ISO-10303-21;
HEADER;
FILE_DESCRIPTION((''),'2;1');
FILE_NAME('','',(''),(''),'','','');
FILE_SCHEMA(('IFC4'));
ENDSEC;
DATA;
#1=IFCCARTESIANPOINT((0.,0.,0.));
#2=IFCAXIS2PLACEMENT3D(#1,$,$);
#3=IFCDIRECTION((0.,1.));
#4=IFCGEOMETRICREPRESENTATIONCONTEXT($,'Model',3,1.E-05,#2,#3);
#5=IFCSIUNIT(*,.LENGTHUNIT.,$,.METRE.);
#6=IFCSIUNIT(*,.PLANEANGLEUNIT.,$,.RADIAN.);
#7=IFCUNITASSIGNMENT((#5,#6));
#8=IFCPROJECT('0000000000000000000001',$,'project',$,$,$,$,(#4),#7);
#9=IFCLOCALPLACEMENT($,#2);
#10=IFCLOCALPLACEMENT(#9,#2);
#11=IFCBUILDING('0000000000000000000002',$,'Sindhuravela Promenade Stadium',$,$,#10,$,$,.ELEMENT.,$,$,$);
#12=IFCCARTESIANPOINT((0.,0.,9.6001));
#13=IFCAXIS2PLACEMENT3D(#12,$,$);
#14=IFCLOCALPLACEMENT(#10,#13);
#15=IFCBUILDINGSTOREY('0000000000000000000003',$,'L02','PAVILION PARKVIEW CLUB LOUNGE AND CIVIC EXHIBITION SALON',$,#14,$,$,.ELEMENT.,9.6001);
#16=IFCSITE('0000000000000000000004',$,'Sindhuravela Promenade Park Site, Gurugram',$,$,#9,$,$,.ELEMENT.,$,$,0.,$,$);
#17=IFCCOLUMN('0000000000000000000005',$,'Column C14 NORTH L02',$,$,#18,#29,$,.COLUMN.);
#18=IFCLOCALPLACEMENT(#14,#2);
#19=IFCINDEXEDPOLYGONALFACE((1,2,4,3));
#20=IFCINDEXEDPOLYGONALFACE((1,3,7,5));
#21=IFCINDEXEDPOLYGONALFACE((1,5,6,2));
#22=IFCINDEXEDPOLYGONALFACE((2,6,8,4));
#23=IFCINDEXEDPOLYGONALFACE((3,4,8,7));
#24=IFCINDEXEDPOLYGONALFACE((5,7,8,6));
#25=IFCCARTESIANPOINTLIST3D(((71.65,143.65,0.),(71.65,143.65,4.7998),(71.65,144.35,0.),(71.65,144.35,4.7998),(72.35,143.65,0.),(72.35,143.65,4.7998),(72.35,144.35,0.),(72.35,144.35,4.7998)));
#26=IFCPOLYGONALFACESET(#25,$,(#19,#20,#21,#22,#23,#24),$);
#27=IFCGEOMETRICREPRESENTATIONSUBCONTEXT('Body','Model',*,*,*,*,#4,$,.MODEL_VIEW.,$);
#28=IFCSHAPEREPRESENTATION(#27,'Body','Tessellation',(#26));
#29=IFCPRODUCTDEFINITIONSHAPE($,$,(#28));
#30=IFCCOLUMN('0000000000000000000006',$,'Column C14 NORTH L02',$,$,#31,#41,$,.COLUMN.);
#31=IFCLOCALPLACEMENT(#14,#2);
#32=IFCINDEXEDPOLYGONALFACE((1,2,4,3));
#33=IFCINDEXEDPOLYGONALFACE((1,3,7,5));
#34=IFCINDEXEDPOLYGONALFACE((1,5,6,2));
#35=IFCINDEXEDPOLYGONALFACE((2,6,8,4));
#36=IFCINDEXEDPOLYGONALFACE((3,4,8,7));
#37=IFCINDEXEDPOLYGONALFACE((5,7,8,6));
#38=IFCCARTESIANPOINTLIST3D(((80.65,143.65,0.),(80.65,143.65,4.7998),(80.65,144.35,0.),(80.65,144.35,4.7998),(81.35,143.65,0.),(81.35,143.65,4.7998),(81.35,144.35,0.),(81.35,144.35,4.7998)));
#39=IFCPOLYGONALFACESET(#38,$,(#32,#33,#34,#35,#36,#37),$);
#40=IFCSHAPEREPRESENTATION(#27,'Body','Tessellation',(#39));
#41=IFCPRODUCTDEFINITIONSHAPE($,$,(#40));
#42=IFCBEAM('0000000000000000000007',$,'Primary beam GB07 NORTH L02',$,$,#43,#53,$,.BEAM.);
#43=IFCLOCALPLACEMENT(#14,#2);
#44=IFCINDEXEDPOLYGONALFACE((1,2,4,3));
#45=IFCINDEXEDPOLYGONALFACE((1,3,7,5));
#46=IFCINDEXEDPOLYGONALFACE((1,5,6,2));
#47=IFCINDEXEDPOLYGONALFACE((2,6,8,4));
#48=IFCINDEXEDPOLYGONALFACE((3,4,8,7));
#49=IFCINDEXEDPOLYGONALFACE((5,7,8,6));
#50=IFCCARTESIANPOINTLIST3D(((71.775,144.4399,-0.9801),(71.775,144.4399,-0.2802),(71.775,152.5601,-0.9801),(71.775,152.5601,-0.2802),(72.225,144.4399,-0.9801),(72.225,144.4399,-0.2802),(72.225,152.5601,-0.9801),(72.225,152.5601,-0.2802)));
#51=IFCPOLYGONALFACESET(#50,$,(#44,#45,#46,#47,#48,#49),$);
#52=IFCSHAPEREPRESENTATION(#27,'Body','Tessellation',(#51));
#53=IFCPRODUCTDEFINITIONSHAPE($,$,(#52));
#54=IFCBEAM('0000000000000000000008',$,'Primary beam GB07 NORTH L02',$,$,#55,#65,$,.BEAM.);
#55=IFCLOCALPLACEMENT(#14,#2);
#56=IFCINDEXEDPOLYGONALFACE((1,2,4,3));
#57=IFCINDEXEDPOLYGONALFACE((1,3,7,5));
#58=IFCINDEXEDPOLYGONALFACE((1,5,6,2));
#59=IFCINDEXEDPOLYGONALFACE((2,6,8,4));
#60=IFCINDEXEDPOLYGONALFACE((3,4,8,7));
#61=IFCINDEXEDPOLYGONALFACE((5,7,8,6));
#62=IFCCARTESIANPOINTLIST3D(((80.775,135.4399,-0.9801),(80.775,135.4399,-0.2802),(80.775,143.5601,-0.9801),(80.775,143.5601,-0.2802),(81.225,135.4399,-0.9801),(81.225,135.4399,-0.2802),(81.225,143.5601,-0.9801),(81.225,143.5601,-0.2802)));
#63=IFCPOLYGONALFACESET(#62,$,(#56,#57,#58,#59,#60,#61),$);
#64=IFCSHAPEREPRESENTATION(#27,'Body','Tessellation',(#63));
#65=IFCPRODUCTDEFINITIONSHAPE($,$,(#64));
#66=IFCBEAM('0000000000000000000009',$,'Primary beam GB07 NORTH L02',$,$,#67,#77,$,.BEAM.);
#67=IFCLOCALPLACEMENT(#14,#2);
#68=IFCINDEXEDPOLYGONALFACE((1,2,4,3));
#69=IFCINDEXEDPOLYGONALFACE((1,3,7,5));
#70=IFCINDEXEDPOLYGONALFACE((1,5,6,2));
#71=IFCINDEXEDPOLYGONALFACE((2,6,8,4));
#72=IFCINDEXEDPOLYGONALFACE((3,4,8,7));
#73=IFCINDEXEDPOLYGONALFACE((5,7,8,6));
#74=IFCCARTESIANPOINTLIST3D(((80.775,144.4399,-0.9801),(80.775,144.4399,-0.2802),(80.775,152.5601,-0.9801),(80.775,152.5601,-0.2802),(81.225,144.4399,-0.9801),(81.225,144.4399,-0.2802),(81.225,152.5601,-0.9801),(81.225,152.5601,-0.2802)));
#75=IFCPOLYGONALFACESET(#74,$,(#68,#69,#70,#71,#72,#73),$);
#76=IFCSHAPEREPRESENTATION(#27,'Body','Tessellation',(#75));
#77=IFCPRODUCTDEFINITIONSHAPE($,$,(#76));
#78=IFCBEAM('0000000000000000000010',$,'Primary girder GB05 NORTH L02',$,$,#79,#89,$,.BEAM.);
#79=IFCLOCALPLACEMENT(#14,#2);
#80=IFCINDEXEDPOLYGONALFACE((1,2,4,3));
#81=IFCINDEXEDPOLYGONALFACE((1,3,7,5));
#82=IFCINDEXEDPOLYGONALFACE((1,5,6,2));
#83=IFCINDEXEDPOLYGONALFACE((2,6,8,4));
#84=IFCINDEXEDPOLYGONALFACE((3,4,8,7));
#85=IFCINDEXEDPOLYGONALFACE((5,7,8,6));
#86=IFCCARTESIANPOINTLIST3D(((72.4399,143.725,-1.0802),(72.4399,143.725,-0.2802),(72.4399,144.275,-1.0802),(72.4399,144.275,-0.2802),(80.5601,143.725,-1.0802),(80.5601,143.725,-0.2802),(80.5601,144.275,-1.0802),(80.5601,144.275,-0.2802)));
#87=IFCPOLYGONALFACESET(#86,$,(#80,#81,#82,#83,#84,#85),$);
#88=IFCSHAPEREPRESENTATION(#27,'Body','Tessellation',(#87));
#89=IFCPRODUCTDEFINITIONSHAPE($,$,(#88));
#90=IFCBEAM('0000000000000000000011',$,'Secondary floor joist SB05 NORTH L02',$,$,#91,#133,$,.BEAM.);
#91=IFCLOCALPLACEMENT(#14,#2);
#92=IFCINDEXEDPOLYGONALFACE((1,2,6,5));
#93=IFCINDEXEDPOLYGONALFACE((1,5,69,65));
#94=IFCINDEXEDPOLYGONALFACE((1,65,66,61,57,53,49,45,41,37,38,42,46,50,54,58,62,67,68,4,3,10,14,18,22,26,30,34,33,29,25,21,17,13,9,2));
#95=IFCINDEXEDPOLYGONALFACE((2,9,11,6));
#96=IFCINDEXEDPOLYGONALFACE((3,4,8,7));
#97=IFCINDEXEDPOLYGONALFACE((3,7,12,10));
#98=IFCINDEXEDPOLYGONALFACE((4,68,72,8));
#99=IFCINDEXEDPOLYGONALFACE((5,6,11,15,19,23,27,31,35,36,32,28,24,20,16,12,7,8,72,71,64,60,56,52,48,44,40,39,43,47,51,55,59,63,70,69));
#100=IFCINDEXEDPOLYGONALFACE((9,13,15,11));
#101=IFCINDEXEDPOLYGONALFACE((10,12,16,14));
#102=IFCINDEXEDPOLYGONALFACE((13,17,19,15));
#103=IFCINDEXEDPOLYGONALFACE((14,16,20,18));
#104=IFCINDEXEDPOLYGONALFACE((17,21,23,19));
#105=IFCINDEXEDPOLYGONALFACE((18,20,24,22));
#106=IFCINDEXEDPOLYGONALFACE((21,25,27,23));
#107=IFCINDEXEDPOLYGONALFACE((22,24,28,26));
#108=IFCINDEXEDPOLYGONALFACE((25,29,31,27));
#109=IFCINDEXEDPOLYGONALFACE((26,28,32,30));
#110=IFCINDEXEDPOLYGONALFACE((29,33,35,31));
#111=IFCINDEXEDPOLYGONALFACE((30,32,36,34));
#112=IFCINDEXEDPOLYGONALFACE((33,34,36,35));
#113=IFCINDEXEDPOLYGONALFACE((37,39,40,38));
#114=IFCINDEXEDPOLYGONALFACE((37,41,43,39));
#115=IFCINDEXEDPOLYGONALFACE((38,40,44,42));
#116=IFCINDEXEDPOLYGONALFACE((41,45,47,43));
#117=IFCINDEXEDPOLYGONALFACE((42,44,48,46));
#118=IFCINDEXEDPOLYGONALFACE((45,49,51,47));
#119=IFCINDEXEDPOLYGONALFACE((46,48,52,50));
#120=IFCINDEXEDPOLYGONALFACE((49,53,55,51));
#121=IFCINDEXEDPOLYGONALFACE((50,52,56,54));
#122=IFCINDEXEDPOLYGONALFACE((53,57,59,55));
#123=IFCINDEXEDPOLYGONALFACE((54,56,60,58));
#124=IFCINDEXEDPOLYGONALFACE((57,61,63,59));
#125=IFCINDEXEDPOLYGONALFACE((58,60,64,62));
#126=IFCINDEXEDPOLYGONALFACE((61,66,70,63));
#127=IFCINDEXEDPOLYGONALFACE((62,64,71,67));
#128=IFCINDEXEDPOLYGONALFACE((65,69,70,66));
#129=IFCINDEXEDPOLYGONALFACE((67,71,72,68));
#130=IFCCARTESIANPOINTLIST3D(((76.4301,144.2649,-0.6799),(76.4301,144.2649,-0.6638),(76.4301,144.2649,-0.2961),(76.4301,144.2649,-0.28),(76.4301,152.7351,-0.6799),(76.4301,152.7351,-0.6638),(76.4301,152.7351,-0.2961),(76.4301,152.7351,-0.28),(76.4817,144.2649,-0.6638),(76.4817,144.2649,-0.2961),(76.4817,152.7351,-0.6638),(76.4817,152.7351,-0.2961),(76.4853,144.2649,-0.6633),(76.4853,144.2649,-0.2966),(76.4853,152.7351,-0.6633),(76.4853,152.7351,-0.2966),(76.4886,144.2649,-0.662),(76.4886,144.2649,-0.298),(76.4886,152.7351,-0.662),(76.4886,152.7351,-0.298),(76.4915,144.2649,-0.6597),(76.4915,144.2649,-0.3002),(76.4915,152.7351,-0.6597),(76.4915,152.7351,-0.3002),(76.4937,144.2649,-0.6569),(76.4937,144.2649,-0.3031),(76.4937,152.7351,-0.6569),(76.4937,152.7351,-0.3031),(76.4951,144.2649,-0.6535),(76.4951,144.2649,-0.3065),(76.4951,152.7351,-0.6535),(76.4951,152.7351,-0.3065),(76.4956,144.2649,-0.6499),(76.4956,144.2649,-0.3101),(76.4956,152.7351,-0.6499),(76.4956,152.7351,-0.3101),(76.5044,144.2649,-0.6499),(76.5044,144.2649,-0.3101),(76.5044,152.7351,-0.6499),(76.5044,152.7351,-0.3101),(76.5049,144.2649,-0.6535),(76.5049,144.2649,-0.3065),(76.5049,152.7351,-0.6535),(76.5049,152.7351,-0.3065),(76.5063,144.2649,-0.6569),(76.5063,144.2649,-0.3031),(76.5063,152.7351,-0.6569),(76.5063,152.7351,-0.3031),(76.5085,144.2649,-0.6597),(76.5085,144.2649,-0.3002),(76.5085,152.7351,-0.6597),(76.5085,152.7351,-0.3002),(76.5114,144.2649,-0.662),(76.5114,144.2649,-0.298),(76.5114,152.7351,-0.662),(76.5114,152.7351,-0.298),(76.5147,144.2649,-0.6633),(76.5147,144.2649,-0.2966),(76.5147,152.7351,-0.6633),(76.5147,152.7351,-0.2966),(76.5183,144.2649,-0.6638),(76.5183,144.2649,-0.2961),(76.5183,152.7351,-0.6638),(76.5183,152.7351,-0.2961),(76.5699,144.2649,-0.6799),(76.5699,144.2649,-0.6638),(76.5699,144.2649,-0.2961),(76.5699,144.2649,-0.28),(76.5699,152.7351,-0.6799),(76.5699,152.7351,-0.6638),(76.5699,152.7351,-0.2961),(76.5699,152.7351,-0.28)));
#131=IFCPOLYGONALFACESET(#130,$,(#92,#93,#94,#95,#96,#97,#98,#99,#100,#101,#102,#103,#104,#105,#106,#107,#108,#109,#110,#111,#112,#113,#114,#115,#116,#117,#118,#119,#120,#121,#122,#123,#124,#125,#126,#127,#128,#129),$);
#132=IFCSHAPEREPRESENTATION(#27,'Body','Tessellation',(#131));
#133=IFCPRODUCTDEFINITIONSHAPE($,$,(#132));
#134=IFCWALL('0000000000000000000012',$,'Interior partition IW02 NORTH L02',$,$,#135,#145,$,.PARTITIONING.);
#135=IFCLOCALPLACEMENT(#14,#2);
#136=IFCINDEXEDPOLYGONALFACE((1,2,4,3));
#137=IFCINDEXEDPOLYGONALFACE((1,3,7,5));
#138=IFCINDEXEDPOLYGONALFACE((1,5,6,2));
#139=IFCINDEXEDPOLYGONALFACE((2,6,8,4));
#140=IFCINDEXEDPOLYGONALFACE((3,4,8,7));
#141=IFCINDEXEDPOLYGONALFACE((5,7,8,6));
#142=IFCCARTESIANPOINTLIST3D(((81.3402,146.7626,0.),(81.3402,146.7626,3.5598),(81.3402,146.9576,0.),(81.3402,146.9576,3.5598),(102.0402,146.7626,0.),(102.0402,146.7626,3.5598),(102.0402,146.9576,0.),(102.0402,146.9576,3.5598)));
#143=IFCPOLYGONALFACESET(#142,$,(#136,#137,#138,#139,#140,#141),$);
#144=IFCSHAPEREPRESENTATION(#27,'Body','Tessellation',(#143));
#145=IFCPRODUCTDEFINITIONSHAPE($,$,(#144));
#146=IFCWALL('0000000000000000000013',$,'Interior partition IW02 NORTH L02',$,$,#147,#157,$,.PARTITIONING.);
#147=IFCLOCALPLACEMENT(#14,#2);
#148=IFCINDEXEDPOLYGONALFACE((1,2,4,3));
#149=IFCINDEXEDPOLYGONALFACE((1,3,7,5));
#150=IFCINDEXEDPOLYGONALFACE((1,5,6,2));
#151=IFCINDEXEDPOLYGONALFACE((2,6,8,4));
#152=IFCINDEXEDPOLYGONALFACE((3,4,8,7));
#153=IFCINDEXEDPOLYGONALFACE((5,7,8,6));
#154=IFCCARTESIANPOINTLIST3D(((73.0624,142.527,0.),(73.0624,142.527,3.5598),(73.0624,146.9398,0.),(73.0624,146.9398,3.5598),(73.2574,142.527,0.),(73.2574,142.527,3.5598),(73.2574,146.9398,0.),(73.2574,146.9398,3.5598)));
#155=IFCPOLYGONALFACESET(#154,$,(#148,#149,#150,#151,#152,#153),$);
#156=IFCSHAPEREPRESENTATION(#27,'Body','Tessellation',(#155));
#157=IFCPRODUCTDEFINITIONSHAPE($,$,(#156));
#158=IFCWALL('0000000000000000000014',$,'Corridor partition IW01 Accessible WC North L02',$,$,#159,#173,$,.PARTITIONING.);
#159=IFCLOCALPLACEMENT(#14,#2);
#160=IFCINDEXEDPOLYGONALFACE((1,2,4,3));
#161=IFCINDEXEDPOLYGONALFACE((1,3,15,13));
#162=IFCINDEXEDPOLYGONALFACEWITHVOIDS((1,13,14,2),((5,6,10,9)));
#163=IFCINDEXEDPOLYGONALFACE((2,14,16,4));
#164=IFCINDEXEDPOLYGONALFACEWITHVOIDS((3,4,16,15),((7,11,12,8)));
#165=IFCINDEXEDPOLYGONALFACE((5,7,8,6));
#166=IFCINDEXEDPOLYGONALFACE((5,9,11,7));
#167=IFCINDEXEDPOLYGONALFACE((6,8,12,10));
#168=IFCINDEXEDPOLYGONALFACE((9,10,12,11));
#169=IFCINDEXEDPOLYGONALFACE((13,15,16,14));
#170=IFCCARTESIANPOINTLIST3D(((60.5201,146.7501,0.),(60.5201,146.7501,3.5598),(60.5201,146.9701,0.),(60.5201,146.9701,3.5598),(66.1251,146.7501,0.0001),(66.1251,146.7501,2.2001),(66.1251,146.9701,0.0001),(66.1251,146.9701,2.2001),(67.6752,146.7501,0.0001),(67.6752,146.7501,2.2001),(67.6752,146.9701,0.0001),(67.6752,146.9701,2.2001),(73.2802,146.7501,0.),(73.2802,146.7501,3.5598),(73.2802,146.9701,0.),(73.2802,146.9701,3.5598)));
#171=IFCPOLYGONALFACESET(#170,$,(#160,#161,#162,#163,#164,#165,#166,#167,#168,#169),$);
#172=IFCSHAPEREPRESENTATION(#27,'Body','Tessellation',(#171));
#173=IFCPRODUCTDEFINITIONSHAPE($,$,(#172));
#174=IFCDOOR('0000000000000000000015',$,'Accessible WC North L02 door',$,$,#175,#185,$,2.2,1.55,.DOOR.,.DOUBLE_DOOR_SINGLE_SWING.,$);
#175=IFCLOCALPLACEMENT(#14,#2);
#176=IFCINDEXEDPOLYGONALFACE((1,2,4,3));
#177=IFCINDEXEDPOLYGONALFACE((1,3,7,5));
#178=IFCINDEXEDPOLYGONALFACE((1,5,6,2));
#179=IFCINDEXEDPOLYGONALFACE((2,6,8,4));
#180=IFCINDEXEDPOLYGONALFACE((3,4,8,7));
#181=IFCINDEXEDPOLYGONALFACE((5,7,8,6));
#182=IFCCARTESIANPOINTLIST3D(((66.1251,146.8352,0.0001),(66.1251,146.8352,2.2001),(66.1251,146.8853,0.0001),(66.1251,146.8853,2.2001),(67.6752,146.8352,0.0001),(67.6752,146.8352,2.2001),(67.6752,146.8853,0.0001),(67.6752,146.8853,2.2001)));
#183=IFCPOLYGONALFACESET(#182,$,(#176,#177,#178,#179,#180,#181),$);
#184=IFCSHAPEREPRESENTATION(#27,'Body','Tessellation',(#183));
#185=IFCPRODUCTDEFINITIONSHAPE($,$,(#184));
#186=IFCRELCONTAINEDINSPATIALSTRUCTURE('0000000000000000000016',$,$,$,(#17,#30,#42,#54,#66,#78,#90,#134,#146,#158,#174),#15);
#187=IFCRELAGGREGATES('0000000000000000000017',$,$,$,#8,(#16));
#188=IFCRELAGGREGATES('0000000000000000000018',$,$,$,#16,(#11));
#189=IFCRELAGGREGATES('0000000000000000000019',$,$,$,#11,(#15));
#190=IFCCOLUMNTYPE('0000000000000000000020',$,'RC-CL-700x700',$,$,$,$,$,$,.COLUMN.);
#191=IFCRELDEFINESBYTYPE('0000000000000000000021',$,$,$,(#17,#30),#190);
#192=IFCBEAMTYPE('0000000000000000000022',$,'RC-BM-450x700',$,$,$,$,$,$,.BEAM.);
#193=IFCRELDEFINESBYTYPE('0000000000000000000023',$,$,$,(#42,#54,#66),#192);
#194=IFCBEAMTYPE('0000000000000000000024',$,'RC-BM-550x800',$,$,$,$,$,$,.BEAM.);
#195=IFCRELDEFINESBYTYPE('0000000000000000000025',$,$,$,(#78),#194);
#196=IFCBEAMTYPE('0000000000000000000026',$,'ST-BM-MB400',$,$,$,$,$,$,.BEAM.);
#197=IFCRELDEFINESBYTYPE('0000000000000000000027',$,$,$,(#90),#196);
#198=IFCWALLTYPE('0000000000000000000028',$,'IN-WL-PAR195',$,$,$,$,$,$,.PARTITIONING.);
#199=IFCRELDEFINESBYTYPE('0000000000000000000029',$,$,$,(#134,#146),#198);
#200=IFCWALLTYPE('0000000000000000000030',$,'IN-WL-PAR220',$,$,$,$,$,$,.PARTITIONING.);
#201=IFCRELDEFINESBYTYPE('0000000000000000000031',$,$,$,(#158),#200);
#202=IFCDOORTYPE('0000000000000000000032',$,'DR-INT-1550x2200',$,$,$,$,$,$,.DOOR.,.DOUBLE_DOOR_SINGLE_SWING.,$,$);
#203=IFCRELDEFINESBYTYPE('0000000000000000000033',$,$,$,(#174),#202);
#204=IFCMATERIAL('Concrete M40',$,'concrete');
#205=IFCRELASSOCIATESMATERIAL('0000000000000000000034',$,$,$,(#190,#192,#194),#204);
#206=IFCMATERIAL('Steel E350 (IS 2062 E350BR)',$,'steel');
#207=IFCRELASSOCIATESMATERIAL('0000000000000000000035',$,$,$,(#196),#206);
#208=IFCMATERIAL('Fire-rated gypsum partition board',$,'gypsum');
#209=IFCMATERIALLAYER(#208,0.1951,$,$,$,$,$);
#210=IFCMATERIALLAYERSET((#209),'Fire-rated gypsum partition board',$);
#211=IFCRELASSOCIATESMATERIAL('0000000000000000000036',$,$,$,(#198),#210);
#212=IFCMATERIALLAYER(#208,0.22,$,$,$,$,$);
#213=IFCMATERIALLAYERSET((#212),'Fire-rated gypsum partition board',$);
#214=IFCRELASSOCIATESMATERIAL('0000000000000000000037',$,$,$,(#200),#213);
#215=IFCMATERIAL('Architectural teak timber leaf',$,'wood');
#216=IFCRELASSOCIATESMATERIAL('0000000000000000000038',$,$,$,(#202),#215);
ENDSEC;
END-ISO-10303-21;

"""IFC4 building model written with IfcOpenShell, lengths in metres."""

from ifc_helpers import new_model, si_unit, direction, frame, frame_2d, origin, origin_2d, place, context, subcontext, project, spatial, rectangle, i_section, extrude, material, layer, layer_set, material_profile, profile_set, type_object, element, fill, save


model = new_model("IFC4")

# Units and contexts
model_context = context("Model", 3, precision=1e-05, world=origin(), true_north=direction((0.0, 1.0)))
body_context = subcontext(model_context, "Body", "Model", "MODEL_VIEW")
ifc_project = project(units=[si_unit("LENGTHUNIT", "METRE"), si_unit("PLANEANGLEUNIT", "RADIAN")], contexts=[model_context])

# Site, building, storey
site_placement = place(None, origin())
site = spatial("IfcSite", under=ifc_project, at=site_placement, Name="Sindhuravela Promenade Park Site, Gurugram", CompositionType="ELEMENT", RefElevation=0.0)
building_placement = place(site_placement, origin())
building = spatial("IfcBuilding", under=site, at=building_placement, Name="Sindhuravela Promenade Stadium", CompositionType="ELEMENT")
storey_placement = place(building_placement, frame((0.0, 0.0, 9.6001)))
storey = spatial("IfcBuildingStorey", under=building, at=storey_placement, Name="L02", Description="PAVILION PARKVIEW CLUB LOUNGE AND CIVIC EXHIBITION SALON", CompositionType="ELEMENT", Elevation=9.6001)

# Columns
ifc_material_1 = material(Name="Concrete M40", Category="concrete")
ifc_material_profile_1 = material_profile(ifc_material_1, rectangle(XDim=0.7, YDim=0.7, at=origin_2d()), Name="RC 700x700")
ifc_profile_set_1 = profile_set([ifc_material_profile_1], Name="Concrete M40")
column_type = type_object("IfcColumnType", Name="RC-CL-700x700", PredefinedType="COLUMN", material=ifc_profile_set_1)
for number, where, z_axis, x_axis, name in (
    (1, (72.0, 144.0, 0.0), (0.0, 0.0, 1.0), (1.0, 0.0, 0.0), "Column C14 NORTH L02"),
    (2, (81.0, 144.0, 0.0), (0.0, 0.0, 1.0), (1.0, 0.0, 0.0), "Column C14 NORTH L02"),
):
    element("IfcColumn", number, at=place(storey_placement, frame(where, z_axis=z_axis, x_axis=x_axis)), inside=storey, type_object=column_type, Name=name, PredefinedType="COLUMN", context=body_context, shape_type="SweptSolid", body=[
        extrude(rectangle(XDim=0.7, YDim=0.7, at=origin_2d()), origin(), (0.0, 0.0, 1.0), 4.7998),
    ])

# Beams
ifc_material_profile_2 = material_profile(ifc_material_1, rectangle(XDim=0.45, YDim=0.7, at=origin_2d()), Name="RC 450x700")
ifc_profile_set_2 = profile_set([ifc_material_profile_2], Name="Concrete M40")
beam_type_1 = type_object("IfcBeamType", Name="RC-BM-450x700", PredefinedType="BEAM", material=ifc_profile_set_2)
for number, where, z_axis, x_axis, name in (
    (3, (72.0, 144.4399, -0.6301), (0.0, 1.0, 0.0), (-1.0, 0.0, 0.0), "Primary beam GB07 NORTH L02"),
    (4, (81.0, 135.4399, -0.6301), (0.0, 1.0, 0.0), (-1.0, 0.0, 0.0), "Primary beam GB07 NORTH L02"),
    (5, (81.0, 144.4399, -0.6301), (0.0, 1.0, 0.0), (-1.0, 0.0, 0.0), "Primary beam GB07 NORTH L02"),
):
    element("IfcBeam", number, at=place(storey_placement, frame(where, z_axis=z_axis, x_axis=x_axis)), inside=storey, type_object=beam_type_1, Name=name, PredefinedType="BEAM", context=body_context, shape_type="SweptSolid", body=[
        extrude(rectangle(XDim=0.45, YDim=0.7, at=origin_2d()), origin(), (0.0, 0.0, 1.0), 8.1201),
    ])
ifc_material_profile_3 = material_profile(ifc_material_1, rectangle(XDim=0.55, YDim=0.8, at=origin_2d()), Name="RC 550x800")
ifc_profile_set_3 = profile_set([ifc_material_profile_3], Name="Concrete M40")
beam_type_2 = type_object("IfcBeamType", Name="RC-BM-550x800", PredefinedType="BEAM", material=ifc_profile_set_3)
beam_1_placement = place(storey_placement, frame((72.4399, 144.0, -0.6802), z_axis=(1.0, 0.0, 0.0), x_axis=(0.0, 1.0, 0.0)))
element("IfcBeam", 6, at=beam_1_placement, inside=storey, type_object=beam_type_2, Name="Primary girder GB05 NORTH L02", PredefinedType="BEAM", context=body_context, shape_type="SweptSolid", body=[
    extrude(rectangle(XDim=0.55, YDim=0.8, at=origin_2d()), origin(), (0.0, 0.0, 1.0), 8.1201),
])
ifc_material_2 = material(Name="Steel E350 (IS 2062 E350BR)", Category="steel")
ifc_material_profile_4 = material_profile(ifc_material_2, i_section(OverallWidth=0.1399, OverallDepth=0.3999, WebThickness=0.0088, FlangeThickness=0.0161, FilletRadius=0.0139, at=origin_2d()), Name="ISMB 400")
ifc_profile_set_4 = profile_set([ifc_material_profile_4], Name="Steel E350 (IS 2062 E350BR)")
beam_type_3 = type_object("IfcBeamType", Name="ST-BM-MB400", PredefinedType="BEAM", material=ifc_profile_set_4)
beam_2_placement = place(storey_placement, frame((76.5, 144.2649, -0.48), z_axis=(0.0, 1.0, 0.0), x_axis=(-1.0, 0.0, 0.0)))
element("IfcBeam", 7, at=beam_2_placement, inside=storey, type_object=beam_type_3, Name="Secondary floor joist SB05 NORTH L02", PredefinedType="BEAM", context=body_context, shape_type="SweptSolid", body=[
    extrude(i_section(OverallWidth=0.1399, OverallDepth=0.3999, WebThickness=0.0088, FlangeThickness=0.0161, FilletRadius=0.0139, at=origin_2d()), origin(), (0.0, 0.0, 1.0), 8.4702),
])

# Walls
ifc_material_3 = material(Name="Fire-rated gypsum partition board", Category="gypsum")
ifc_layer_1 = layer(ifc_material_3, 0.1951)
ifc_layer_set_1 = layer_set([ifc_layer_1], Name="Fire-rated gypsum partition board")
wall_type_1 = type_object("IfcWallType", Name="IN-WL-PAR195", PredefinedType="PARTITIONING", material=ifc_layer_set_1)
wall_1_placement = place(storey_placement, frame((81.3401, 146.8601, 0.0), z_axis=(0.0, 0.0, 1.0), x_axis=(1.0, 0.0, 0.0)))
element("IfcWall", 8, at=wall_1_placement, inside=storey, type_object=wall_type_1, Name="Interior partition IW02 NORTH L02", PredefinedType="PARTITIONING", context=body_context, shape_type="SweptSolid", body=[
    extrude(rectangle(XDim=20.7, YDim=0.1951, at=frame_2d((10.3501, 0.0))), origin(), (0.0, 0.0, 1.0), 3.5598),
])
wall_2_placement = place(storey_placement, frame((73.1599, 146.9399, 0.0), z_axis=(0.0, 0.0, 1.0), x_axis=(0.0, -1.0, 0.0)))
element("IfcWall", 9, at=wall_2_placement, inside=storey, type_object=wall_type_1, Name="Interior partition IW02 NORTH L02", PredefinedType="PARTITIONING", context=body_context, shape_type="SweptSolid", body=[
    extrude(rectangle(XDim=4.4128, YDim=0.1951, at=frame_2d((2.2065, 0.0))), origin(), (0.0, 0.0, 1.0), 3.5598),
])

# Wall, opening, door
ifc_layer_2 = layer(ifc_material_3, 0.22)
ifc_layer_set_2 = layer_set([ifc_layer_2], Name="Fire-rated gypsum partition board")
wall_type_2 = type_object("IfcWallType", Name="IN-WL-PAR220", PredefinedType="PARTITIONING", material=ifc_layer_set_2)
wall_3_placement = place(storey_placement, frame((73.28, 146.8601, 0.0), z_axis=(0.0, 0.0, 1.0), x_axis=(-1.0, 0.0, 0.0)))
wall_3 = element("IfcWall", 10, at=wall_3_placement, inside=storey, type_object=wall_type_2, Name="Corridor partition IW01 Accessible WC North L02", PredefinedType="PARTITIONING", context=body_context, shape_type="SweptSolid", body=[
    extrude(rectangle(XDim=12.76, YDim=0.22, at=frame_2d((6.3799, 0.0))), origin(), (0.0, 0.0, 1.0), 3.5598),
])
opening_1_placement = place(wall_3_placement, frame((5.605, 0.0, 0.0)))
opening_1 = element("IfcOpeningElement", 11, at=opening_1_placement, cuts=wall_3, PredefinedType="OPENING", context=body_context, shape_type="SweptSolid", body=[
    extrude(rectangle(XDim=1.55, YDim=2.2, at=frame_2d((0.7749, 1.1001))), frame((0.0, 0.1199, 0.0), z_axis=(0.0, -1.0, 0.0), x_axis=(1.0, 0.0, 0.0)), (0.0, 0.0, 1.0), 0.24),
])
ifc_material_4 = material(Name="Architectural teak timber leaf", Category="wood")
door_type_1 = type_object("IfcDoorType", Name="DR-INT-1550x2200", OperationType="DOUBLE_DOOR_SINGLE_SWING", PredefinedType="DOOR", material=ifc_material_4)
door_1_placement = place(opening_1_placement, origin())
door_1 = element("IfcDoor", 12, at=door_1_placement, inside=storey, type_object=door_type_1, Name="Accessible WC North L02 door", OperationType="DOUBLE_DOOR_SINGLE_SWING", OverallHeight=2.2, OverallWidth=1.55, PredefinedType="DOOR", context=body_context, shape_type="SweptSolid", body=[
    extrude(rectangle(XDim=1.55, YDim=2.2, at=frame_2d((0.7749, 1.1001))), frame((0.0, 0.0249, 0.0), z_axis=(0.0, -1.0, 0.0), x_axis=(1.0, 0.0, 0.0)), (0.0, 0.0, 1.0), 0.05),
])
fill(opening_1, door_1)

save(model, "model.ifc")
